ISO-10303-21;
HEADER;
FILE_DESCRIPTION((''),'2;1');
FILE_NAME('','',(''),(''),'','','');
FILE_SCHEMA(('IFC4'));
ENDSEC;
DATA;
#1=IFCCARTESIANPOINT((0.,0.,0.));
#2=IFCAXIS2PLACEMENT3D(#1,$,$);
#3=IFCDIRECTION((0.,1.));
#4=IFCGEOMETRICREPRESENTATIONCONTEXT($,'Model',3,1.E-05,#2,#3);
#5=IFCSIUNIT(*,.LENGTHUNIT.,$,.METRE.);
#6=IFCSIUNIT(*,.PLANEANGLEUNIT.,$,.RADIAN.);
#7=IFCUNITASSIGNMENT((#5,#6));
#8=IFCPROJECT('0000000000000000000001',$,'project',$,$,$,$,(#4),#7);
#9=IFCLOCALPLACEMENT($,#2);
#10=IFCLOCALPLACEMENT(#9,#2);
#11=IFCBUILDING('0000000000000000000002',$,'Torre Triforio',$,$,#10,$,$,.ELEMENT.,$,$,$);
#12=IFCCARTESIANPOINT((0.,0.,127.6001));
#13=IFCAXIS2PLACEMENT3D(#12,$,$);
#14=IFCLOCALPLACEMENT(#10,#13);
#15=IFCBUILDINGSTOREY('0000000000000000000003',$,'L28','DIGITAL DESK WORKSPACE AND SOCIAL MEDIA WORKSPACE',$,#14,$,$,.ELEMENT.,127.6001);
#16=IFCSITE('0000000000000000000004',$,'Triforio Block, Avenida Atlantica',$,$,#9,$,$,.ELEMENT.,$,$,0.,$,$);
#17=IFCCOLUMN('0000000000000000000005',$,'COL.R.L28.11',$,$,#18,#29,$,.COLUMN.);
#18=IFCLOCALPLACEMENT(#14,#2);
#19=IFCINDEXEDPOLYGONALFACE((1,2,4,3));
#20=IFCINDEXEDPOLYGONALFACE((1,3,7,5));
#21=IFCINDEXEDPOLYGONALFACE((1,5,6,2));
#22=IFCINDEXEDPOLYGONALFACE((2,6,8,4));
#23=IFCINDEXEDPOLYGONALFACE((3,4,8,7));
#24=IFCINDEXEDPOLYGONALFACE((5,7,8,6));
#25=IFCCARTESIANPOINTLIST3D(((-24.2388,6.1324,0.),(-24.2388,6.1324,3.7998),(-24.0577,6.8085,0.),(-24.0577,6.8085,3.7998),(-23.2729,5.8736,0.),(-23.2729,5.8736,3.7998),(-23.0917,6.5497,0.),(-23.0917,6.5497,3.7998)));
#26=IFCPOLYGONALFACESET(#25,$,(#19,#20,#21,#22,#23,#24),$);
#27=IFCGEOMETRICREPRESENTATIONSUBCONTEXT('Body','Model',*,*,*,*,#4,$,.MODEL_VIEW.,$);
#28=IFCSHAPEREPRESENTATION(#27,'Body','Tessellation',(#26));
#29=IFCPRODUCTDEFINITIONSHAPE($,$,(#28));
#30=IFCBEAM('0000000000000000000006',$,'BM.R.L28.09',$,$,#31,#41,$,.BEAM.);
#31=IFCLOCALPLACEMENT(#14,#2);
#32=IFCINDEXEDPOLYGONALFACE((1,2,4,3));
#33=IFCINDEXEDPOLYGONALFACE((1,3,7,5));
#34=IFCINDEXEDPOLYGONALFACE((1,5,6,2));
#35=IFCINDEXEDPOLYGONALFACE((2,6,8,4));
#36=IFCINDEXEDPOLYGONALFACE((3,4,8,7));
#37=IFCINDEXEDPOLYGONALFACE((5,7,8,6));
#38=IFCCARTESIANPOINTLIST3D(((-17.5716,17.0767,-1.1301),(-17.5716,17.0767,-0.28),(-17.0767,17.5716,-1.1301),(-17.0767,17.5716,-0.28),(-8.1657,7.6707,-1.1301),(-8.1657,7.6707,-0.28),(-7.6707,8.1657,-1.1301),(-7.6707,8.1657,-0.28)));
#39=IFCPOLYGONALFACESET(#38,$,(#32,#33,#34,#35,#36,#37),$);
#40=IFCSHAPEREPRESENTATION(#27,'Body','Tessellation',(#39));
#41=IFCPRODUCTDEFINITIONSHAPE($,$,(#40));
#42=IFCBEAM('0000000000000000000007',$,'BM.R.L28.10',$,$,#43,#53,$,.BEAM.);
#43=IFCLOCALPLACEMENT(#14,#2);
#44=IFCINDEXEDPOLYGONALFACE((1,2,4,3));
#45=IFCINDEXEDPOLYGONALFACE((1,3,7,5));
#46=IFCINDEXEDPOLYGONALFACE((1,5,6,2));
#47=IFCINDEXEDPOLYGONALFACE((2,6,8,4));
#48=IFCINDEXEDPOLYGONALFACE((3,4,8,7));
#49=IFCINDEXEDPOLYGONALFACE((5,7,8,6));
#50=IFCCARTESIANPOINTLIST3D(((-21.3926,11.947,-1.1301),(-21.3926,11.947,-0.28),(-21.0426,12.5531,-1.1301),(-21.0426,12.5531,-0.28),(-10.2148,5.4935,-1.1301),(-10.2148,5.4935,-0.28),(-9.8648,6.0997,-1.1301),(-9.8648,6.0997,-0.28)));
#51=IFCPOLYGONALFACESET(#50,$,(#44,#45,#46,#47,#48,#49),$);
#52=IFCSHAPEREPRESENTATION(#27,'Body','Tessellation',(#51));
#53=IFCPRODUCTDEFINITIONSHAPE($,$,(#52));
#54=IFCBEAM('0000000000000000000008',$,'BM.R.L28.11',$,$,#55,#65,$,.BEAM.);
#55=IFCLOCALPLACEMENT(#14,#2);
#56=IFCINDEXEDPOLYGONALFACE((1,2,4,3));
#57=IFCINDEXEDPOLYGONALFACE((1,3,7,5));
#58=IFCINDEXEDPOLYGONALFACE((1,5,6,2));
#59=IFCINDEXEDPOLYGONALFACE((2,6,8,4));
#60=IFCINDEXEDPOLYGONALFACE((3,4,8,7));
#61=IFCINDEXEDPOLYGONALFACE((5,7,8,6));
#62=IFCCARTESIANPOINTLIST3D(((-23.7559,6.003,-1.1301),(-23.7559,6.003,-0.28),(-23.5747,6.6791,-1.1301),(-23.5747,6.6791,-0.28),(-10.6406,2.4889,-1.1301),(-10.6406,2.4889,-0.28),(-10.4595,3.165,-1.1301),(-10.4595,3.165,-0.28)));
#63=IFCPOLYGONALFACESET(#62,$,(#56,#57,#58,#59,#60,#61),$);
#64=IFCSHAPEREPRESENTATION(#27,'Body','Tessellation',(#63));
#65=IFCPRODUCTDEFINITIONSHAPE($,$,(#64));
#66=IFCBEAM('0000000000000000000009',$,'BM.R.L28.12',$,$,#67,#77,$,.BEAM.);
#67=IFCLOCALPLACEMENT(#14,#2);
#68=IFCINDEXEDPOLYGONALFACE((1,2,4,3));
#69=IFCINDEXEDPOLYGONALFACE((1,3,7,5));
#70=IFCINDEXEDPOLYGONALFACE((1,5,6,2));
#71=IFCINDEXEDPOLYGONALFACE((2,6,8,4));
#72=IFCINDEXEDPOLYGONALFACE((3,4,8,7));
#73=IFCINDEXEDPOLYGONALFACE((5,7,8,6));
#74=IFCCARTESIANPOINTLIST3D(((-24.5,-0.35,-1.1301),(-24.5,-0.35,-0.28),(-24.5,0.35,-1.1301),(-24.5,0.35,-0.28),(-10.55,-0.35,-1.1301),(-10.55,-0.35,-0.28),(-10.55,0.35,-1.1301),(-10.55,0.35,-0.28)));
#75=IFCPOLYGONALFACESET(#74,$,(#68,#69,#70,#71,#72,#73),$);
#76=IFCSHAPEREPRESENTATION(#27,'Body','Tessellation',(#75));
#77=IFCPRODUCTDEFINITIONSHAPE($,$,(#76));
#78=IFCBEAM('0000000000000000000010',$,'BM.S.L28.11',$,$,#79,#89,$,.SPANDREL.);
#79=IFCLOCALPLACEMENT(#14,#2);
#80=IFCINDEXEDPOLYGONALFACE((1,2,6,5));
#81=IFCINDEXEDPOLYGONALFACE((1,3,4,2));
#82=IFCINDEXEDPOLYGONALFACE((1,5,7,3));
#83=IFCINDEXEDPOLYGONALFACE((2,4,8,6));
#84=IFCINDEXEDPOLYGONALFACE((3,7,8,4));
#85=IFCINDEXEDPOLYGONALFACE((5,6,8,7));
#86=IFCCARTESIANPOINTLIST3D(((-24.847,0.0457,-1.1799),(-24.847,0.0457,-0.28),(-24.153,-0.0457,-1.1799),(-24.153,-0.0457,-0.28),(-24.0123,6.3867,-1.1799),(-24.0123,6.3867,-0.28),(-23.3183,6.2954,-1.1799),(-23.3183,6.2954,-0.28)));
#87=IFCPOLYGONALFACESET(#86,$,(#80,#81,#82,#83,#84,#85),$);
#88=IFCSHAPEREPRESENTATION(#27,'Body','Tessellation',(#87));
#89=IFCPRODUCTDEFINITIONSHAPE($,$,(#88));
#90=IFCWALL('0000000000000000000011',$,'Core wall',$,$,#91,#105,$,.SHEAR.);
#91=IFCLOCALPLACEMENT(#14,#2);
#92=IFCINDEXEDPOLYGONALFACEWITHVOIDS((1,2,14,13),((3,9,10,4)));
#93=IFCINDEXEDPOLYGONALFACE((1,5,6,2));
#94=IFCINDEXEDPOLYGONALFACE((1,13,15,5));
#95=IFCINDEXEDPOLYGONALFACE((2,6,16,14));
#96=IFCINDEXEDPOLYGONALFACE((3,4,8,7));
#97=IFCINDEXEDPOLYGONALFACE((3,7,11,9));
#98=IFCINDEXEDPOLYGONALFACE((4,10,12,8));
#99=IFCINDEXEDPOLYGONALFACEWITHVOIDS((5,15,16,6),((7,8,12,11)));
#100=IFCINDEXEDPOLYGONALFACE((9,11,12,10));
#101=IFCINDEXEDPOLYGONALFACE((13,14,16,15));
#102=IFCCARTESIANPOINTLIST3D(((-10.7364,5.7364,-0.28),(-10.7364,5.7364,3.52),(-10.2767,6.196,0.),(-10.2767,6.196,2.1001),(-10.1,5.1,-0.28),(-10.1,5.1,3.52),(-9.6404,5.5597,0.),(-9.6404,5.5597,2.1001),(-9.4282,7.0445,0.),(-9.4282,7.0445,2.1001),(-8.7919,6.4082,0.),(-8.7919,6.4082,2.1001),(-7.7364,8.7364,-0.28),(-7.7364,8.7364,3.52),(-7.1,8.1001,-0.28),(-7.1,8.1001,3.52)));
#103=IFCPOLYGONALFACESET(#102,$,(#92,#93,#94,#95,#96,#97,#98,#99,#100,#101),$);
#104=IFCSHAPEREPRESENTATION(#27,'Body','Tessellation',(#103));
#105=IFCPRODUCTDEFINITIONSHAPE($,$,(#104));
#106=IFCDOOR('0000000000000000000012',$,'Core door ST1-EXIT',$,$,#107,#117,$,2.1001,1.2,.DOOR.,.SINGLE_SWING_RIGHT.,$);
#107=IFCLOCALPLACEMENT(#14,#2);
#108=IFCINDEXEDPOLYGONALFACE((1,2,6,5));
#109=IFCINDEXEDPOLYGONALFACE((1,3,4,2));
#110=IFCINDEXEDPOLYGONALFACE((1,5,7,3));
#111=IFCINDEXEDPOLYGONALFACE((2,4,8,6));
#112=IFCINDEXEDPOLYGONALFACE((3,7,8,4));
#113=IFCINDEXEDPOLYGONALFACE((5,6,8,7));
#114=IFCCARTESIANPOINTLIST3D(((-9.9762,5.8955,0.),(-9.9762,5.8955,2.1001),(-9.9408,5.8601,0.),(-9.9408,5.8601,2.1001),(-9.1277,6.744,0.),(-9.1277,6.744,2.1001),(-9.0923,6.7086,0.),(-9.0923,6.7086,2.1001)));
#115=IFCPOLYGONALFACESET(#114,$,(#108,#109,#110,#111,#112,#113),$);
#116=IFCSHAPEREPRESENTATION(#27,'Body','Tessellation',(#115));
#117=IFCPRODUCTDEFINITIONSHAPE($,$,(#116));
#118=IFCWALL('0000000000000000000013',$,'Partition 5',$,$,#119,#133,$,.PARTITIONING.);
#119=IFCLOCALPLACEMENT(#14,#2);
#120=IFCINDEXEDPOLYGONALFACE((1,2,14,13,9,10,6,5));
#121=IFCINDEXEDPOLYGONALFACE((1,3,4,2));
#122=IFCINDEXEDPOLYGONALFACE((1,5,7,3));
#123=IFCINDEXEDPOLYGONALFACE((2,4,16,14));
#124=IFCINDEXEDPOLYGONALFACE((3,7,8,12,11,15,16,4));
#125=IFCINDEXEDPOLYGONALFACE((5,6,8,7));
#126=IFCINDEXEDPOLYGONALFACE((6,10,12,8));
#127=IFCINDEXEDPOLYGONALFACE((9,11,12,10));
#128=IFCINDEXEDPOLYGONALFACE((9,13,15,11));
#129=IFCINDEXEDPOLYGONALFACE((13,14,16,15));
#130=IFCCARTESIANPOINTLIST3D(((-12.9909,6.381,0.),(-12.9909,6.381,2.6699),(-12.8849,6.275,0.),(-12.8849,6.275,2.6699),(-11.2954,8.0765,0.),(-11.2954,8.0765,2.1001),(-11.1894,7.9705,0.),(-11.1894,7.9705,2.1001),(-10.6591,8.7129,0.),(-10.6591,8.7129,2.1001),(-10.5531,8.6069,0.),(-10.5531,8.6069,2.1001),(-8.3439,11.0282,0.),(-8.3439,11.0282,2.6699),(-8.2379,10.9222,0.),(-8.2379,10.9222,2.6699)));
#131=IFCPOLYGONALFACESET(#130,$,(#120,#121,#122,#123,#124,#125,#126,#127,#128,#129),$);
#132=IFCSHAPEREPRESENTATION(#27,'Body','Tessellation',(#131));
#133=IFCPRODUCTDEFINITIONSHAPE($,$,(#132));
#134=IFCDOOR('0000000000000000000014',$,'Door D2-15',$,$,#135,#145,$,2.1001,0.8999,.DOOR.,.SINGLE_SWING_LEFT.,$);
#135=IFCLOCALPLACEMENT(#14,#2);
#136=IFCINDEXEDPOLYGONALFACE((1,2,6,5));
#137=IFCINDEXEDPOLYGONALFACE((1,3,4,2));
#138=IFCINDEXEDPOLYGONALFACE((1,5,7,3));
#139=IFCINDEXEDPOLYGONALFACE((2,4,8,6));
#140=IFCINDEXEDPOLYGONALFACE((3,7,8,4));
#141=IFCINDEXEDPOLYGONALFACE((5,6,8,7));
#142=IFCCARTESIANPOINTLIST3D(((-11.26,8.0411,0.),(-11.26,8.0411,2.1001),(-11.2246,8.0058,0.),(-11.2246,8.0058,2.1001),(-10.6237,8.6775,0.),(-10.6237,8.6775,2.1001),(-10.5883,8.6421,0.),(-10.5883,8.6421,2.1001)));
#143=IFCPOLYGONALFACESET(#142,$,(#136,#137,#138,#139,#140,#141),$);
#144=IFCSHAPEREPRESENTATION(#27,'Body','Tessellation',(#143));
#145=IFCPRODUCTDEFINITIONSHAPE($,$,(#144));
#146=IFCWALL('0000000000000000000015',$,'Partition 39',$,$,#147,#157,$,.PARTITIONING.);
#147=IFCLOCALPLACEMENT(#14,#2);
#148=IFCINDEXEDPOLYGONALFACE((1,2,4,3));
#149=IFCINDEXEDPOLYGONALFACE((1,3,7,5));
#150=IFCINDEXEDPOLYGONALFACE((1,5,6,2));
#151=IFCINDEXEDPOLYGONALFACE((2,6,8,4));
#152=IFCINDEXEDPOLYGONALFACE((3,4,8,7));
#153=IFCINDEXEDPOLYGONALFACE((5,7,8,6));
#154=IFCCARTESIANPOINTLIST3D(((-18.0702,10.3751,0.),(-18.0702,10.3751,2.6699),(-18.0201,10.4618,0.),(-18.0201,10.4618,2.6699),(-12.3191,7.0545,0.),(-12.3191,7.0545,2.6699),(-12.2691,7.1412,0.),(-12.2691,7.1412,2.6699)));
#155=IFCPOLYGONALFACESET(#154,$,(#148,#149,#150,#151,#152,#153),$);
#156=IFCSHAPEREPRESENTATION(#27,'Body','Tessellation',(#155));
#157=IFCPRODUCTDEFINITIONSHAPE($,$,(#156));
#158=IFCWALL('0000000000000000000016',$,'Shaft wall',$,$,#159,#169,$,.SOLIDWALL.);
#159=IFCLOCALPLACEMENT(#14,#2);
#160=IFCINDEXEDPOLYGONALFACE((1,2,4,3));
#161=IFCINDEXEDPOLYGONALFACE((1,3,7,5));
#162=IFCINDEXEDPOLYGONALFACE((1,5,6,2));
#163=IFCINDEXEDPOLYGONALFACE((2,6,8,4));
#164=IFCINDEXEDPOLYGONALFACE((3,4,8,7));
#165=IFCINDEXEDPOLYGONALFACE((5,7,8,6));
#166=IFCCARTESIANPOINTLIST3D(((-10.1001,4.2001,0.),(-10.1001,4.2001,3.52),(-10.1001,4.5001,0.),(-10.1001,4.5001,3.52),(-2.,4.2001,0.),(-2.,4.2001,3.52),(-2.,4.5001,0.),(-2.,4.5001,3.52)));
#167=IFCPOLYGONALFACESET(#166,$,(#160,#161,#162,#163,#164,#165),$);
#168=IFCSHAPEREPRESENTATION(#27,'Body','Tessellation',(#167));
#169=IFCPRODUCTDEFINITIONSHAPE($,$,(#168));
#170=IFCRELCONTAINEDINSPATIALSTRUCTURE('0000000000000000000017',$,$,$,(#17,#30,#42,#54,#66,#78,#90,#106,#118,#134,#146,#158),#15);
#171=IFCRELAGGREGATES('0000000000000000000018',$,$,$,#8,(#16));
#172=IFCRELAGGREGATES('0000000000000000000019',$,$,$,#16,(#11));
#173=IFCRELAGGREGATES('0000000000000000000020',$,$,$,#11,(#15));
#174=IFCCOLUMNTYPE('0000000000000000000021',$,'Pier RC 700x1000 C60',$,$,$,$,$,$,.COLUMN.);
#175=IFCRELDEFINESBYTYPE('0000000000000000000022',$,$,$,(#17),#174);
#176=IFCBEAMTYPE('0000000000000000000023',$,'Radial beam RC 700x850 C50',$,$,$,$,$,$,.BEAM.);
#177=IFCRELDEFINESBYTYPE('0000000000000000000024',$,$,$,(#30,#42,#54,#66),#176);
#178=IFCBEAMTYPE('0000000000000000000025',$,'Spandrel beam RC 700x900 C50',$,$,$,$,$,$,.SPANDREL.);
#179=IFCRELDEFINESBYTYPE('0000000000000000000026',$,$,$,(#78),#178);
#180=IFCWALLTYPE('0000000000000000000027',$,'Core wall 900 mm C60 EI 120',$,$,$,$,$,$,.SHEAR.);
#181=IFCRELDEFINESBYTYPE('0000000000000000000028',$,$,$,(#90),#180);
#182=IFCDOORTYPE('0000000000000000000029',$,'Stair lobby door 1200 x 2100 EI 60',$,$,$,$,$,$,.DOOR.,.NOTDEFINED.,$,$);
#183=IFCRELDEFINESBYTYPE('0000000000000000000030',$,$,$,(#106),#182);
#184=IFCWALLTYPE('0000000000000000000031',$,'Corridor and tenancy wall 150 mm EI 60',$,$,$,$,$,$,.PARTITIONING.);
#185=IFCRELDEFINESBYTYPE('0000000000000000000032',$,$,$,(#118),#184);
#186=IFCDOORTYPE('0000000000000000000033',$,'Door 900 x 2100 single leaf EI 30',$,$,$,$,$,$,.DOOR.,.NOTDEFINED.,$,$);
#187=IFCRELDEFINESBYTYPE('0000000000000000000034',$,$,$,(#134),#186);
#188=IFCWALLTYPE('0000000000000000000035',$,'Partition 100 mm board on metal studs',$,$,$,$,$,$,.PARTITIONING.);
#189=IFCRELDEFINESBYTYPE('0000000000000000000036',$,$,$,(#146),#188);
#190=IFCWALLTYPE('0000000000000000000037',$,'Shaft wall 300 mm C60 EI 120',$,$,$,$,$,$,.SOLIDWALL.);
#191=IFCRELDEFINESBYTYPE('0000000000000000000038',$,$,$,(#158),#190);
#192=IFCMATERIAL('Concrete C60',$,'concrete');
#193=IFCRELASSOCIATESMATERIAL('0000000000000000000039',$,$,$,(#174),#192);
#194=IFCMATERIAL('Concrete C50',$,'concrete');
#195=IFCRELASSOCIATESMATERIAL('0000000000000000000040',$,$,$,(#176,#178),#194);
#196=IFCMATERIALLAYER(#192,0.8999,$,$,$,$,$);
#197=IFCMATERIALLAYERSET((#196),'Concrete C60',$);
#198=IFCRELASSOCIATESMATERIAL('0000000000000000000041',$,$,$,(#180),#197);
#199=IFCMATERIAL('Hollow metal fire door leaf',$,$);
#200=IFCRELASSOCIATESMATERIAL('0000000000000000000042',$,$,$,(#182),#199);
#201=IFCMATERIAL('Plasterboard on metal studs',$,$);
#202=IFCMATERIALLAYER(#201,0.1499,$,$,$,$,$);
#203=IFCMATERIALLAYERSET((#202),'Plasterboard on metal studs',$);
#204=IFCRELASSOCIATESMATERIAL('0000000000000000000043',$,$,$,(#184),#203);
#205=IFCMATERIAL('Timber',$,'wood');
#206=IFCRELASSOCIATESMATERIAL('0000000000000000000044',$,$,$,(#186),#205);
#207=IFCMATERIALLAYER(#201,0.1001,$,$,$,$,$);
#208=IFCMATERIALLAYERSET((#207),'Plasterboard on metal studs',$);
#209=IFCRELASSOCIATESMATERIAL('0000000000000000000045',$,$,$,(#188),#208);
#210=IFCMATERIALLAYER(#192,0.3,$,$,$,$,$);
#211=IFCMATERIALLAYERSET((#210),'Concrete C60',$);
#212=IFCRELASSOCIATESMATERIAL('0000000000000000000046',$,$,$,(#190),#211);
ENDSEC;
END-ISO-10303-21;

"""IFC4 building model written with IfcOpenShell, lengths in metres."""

from ifc_helpers import new_model, si_unit, direction, frame, frame_2d, origin, origin_2d, place, context, subcontext, project, spatial, rectangle, extrude, material, layer, layer_set, material_profile, profile_set, type_object, element, fill, save


model = new_model("IFC4")

# Units and contexts
model_context = context("Model", 3, precision=1e-05, world=origin(), true_north=direction((0.0, 1.0)))
body_context = subcontext(model_context, "Body", "Model", "MODEL_VIEW")
ifc_project = project(units=[si_unit("LENGTHUNIT", "METRE"), si_unit("PLANEANGLEUNIT", "RADIAN")], contexts=[model_context])

# Site, building, storey
site_placement = place(None, origin())
site = spatial("IfcSite", under=ifc_project, at=site_placement, Name="Triforio Block, Avenida Atlantica", CompositionType="ELEMENT", RefElevation=0.0)
building_placement = place(site_placement, origin())
building = spatial("IfcBuilding", under=site, at=building_placement, Name="Torre Triforio", CompositionType="ELEMENT")
storey_placement = place(building_placement, frame((0.0, 0.0, 127.6001)))
storey = spatial("IfcBuildingStorey", under=building, at=storey_placement, Name="L28", Description="DIGITAL DESK WORKSPACE AND SOCIAL MEDIA WORKSPACE", CompositionType="ELEMENT", Elevation=127.6001)

# Column
ifc_material_1 = material(Name="Concrete C60", Category="concrete")
ifc_material_profile_1 = material_profile(ifc_material_1, rectangle(XDim=0.7, YDim=1.0, at=origin_2d()), Name="RC 700x1000")
ifc_profile_set_1 = profile_set([ifc_material_profile_1], Name="Concrete C60")
column_type = type_object("IfcColumnType", Name="Pier RC 700x1000 C60", PredefinedType="COLUMN", material=ifc_profile_set_1)
column_placement = place(storey_placement, frame((-23.6653, 6.3411, 0.0), z_axis=(0.0, 0.0, 1.0), x_axis=(-0.258819, -0.965926, 0.0)))
element("IfcColumn", 1, at=column_placement, inside=storey, type_object=column_type, Name="COL.R.L28.11", PredefinedType="COLUMN", context=body_context, shape_type="SweptSolid", body=[
    extrude(rectangle(XDim=0.7, YDim=1.0, at=origin_2d()), origin(), (0.0, 0.0, 1.0), 3.7998),
])

# Beams
ifc_material_2 = material(Name="Concrete C50", Category="concrete")
ifc_material_profile_2 = material_profile(ifc_material_2, rectangle(XDim=0.7, YDim=0.8501, at=origin_2d()), Name="RC 700x850")
ifc_profile_set_2 = profile_set([ifc_material_profile_2], Name="Concrete C50")
beam_type_1 = type_object("IfcBeamType", Name="Radial beam RC 700x850 C50", PredefinedType="BEAM", material=ifc_profile_set_2)
beam_1_placement = place(storey_placement, frame((-7.9182, 7.9182, -0.7051), z_axis=(-0.707107, 0.707107, 0.0), x_axis=(-0.707107, -0.707107, 0.0)))
element("IfcBeam", 2, at=beam_1_placement, inside=storey, type_object=beam_type_1, Name="BM.R.L28.09", PredefinedType="BEAM", context=body_context, shape_type="SweptSolid", body=[
    extrude(rectangle(XDim=0.7, YDim=0.8501, at=origin_2d()), origin(), (0.0, 0.0, 1.0), 13.302),
])
beam_2_placement = place(storey_placement, frame((-10.0398, 5.7966, -0.7051), z_axis=(-0.866029, 0.499994, 0.0), x_axis=(-0.499994, -0.866029, 0.0)))
element("IfcBeam", 3, at=beam_2_placement, inside=storey, type_object=beam_type_1, Name="BM.R.L28.10", PredefinedType="BEAM", context=body_context, shape_type="SweptSolid", body=[
    extrude(rectangle(XDim=0.7, YDim=0.8501, at=origin_2d()), origin(), (0.0, 0.0, 1.0), 12.907),
])
beam_3_placement = place(storey_placement, frame((-10.55, 2.8269, -0.7051), z_axis=(-0.965927, 0.258815, 0.0), x_axis=(-0.258815, -0.965927, 0.0)))
element("IfcBeam", 4, at=beam_3_placement, inside=storey, type_object=beam_type_1, Name="BM.R.L28.11", PredefinedType="BEAM", context=body_context, shape_type="SweptSolid", body=[
    extrude(rectangle(XDim=0.7, YDim=0.8501, at=origin_2d()), origin(), (0.0, 0.0, 1.0), 13.5779),
])
beam_4_placement = place(storey_placement, frame((-10.55, 0.0, -0.7051), z_axis=(-1.0, 0.0, 0.0), x_axis=(0.0, -1.0, 0.0)))
element("IfcBeam", 5, at=beam_4_placement, inside=storey, type_object=beam_type_1, Name="BM.R.L28.12", PredefinedType="BEAM", context=body_context, shape_type="SweptSolid", body=[
    extrude(rectangle(XDim=0.7, YDim=0.8501, at=origin_2d()), origin(), (0.0, 0.0, 1.0), 13.95),
])
ifc_material_profile_3 = material_profile(ifc_material_2, rectangle(XDim=0.7, YDim=0.8999, at=origin_2d()), Name="RC 700x900")
ifc_profile_set_3 = profile_set([ifc_material_profile_3], Name="Concrete C50")
beam_type_2 = type_object("IfcBeamType", Name="Spandrel beam RC 700x900 C50", PredefinedType="SPANDREL", material=ifc_profile_set_3)
beam_5_placement = place(storey_placement, frame((-23.6653, 6.3411, -0.73), z_axis=(-0.130511, -0.991447, 0.0), x_axis=(0.991447, -0.130511, 0.0)))
element("IfcBeam", 6, at=beam_5_placement, inside=storey, type_object=beam_type_2, Name="BM.S.L28.11", PredefinedType="SPANDREL", context=body_context, shape_type="SweptSolid", body=[
    extrude(rectangle(XDim=0.7, YDim=0.8999, at=origin_2d()), origin(), (0.0, 0.0, 1.0), 6.3958),
])

# Walls, openings, doors
ifc_layer_1 = layer(ifc_material_1, 0.8999)
ifc_layer_set_1 = layer_set([ifc_layer_1], Name="Concrete C60")
wall_type_1 = type_object("IfcWallType", Name="Core wall 900 mm C60 EI 120", PredefinedType="SHEAR", material=ifc_layer_set_1)
wall_1_placement = place(storey_placement, frame((-10.4182, 5.4182, -0.28), z_axis=(0.0, 0.0, 1.0), x_axis=(0.707107, 0.707107, 0.0)))
wall_1 = element("IfcWall", 7, at=wall_1_placement, inside=storey, type_object=wall_type_1, Name="Core wall", PredefinedType="SHEAR", context=body_context, shape_type="SweptSolid", body=[
    extrude(rectangle(XDim=4.2427, YDim=0.8999, at=frame_2d((2.1213, 0.0))), origin(), (0.0, 0.0, 1.0), 3.8),
])
opening_1_placement = place(wall_1_placement, frame((0.6499, 0.0, 0.28)))
opening_1 = element("IfcOpeningElement", 8, at=opening_1_placement, cuts=wall_1, PredefinedType="OPENING", context=body_context, shape_type="SweptSolid", body=[
    extrude(rectangle(XDim=1.2, YDim=2.1001, at=frame_2d((0.6001, 1.05))), frame((0.0, 0.46, 0.0), z_axis=(0.0, -1.0, 0.0), x_axis=(1.0, 0.0, 0.0)), (0.0, 0.0, 1.0), 0.9199),
])
ifc_material_3 = material(Name="Hollow metal fire door leaf")
door_type_1 = type_object("IfcDoorType", Name="Stair lobby door 1200 x 2100 EI 60", OperationType="NOTDEFINED", PredefinedType="DOOR", material=ifc_material_3)
door_1_placement = place(opening_1_placement, origin())
door_1 = element("IfcDoor", 9, at=door_1_placement, inside=storey, type_object=door_type_1, Name="Core door ST1-EXIT", OperationType="SINGLE_SWING_RIGHT", OverallHeight=2.1001, OverallWidth=1.2, PredefinedType="DOOR", context=body_context, shape_type="SweptSolid", body=[
    extrude(rectangle(XDim=1.2, YDim=2.1001, at=frame_2d((0.6001, 1.05))), frame((0.0, 0.0249, 0.0), z_axis=(0.0, -1.0, 0.0), x_axis=(1.0, 0.0, 0.0)), (0.0, 0.0, 1.0), 0.05),
])
fill(opening_1, door_1)
ifc_material_4 = material(Name="Plasterboard on metal studs")
ifc_layer_2 = layer(ifc_material_4, 0.1499)
ifc_layer_set_2 = layer_set([ifc_layer_2], Name="Plasterboard on metal studs")
wall_type_2 = type_object("IfcWallType", Name="Corridor and tenancy wall 150 mm EI 60", PredefinedType="PARTITIONING", material=ifc_layer_set_2)
wall_2_placement = place(storey_placement, frame((-12.938, 6.3279, 0.0), z_axis=(0.0, 0.0, 1.0), x_axis=(0.707088, 0.707125, 0.0)))
wall_2 = element("IfcWall", 10, at=wall_2_placement, inside=storey, type_object=wall_type_2, Name="Partition 5", PredefinedType="PARTITIONING", context=body_context, shape_type="SweptSolid", body=[
    extrude(rectangle(XDim=6.572, YDim=0.1499, at=frame_2d((3.2861, 0.0))), origin(), (0.0, 0.0, 1.0), 2.6699),
])
opening_2_placement = place(wall_2_placement, frame((2.3979, 0.0, 0.0)))
opening_2 = element("IfcOpeningElement", 11, at=opening_2_placement, cuts=wall_2, PredefinedType="OPENING", context=body_context, shape_type="SweptSolid", body=[
    extrude(rectangle(XDim=0.8999, YDim=2.1001, at=frame_2d((0.45, 1.05))), frame((0.0, 0.085, 0.0), z_axis=(0.0, -1.0, 0.0), x_axis=(1.0, 0.0, 0.0)), (0.0, 0.0, 1.0), 0.1699),
])
ifc_material_5 = material(Name="Timber", Category="wood")
door_type_2 = type_object("IfcDoorType", Name="Door 900 x 2100 single leaf EI 30", OperationType="NOTDEFINED", PredefinedType="DOOR", material=ifc_material_5)
door_2_placement = place(opening_2_placement, origin())
door_2 = element("IfcDoor", 12, at=door_2_placement, inside=storey, type_object=door_type_2, Name="Door D2-15", OperationType="SINGLE_SWING_LEFT", OverallHeight=2.1001, OverallWidth=0.8999, PredefinedType="DOOR", context=body_context, shape_type="SweptSolid", body=[
    extrude(rectangle(XDim=0.8999, YDim=2.1001, at=frame_2d((0.45, 1.05))), frame((0.0, 0.0249, 0.0), z_axis=(0.0, -1.0, 0.0), x_axis=(1.0, 0.0, 0.0)), (0.0, 0.0, 1.0), 0.05),
])
fill(opening_2, door_2)

# Walls
ifc_layer_3 = layer(ifc_material_4, 0.1001)
ifc_layer_set_3 = layer_set([ifc_layer_3], Name="Plasterboard on metal studs")
wall_type_3 = type_object("IfcWallType", Name="Partition 100 mm board on metal studs", PredefinedType="PARTITIONING", material=ifc_layer_set_3)
wall_3_placement = place(storey_placement, frame((-12.2942, 7.0979, 0.0), z_axis=(0.0, 0.0, 1.0), x_axis=(-0.86601, 0.500026, 0.0)))
element("IfcWall", 13, at=wall_3_placement, inside=storey, type_object=wall_type_3, Name="Partition 39", PredefinedType="PARTITIONING", context=body_context, shape_type="SweptSolid", body=[
    extrude(rectangle(XDim=6.6409, YDim=0.1001, at=frame_2d((3.3203, 0.0))), origin(), (0.0, 0.0, 1.0), 2.6699),
])
ifc_layer_4 = layer(ifc_material_1, 0.3)
ifc_layer_set_4 = layer_set([ifc_layer_4], Name="Concrete C60")
wall_type_4 = type_object("IfcWallType", Name="Shaft wall 300 mm C60 EI 120", PredefinedType="SOLIDWALL", material=ifc_layer_set_4)
wall_4_placement = place(storey_placement, frame((-10.1001, 4.3501, 0.0), z_axis=(0.0, 0.0, 1.0), x_axis=(1.0, 0.0, 0.0)))
element("IfcWall", 14, at=wall_4_placement, inside=storey, type_object=wall_type_4, Name="Shaft wall", PredefinedType="SOLIDWALL", context=body_context, shape_type="SweptSolid", body=[
    extrude(rectangle(XDim=8.1001, YDim=0.3, at=frame_2d((4.05, 0.0))), origin(), (0.0, 0.0, 1.0), 3.52),
])

save(model, "model.ifc")
